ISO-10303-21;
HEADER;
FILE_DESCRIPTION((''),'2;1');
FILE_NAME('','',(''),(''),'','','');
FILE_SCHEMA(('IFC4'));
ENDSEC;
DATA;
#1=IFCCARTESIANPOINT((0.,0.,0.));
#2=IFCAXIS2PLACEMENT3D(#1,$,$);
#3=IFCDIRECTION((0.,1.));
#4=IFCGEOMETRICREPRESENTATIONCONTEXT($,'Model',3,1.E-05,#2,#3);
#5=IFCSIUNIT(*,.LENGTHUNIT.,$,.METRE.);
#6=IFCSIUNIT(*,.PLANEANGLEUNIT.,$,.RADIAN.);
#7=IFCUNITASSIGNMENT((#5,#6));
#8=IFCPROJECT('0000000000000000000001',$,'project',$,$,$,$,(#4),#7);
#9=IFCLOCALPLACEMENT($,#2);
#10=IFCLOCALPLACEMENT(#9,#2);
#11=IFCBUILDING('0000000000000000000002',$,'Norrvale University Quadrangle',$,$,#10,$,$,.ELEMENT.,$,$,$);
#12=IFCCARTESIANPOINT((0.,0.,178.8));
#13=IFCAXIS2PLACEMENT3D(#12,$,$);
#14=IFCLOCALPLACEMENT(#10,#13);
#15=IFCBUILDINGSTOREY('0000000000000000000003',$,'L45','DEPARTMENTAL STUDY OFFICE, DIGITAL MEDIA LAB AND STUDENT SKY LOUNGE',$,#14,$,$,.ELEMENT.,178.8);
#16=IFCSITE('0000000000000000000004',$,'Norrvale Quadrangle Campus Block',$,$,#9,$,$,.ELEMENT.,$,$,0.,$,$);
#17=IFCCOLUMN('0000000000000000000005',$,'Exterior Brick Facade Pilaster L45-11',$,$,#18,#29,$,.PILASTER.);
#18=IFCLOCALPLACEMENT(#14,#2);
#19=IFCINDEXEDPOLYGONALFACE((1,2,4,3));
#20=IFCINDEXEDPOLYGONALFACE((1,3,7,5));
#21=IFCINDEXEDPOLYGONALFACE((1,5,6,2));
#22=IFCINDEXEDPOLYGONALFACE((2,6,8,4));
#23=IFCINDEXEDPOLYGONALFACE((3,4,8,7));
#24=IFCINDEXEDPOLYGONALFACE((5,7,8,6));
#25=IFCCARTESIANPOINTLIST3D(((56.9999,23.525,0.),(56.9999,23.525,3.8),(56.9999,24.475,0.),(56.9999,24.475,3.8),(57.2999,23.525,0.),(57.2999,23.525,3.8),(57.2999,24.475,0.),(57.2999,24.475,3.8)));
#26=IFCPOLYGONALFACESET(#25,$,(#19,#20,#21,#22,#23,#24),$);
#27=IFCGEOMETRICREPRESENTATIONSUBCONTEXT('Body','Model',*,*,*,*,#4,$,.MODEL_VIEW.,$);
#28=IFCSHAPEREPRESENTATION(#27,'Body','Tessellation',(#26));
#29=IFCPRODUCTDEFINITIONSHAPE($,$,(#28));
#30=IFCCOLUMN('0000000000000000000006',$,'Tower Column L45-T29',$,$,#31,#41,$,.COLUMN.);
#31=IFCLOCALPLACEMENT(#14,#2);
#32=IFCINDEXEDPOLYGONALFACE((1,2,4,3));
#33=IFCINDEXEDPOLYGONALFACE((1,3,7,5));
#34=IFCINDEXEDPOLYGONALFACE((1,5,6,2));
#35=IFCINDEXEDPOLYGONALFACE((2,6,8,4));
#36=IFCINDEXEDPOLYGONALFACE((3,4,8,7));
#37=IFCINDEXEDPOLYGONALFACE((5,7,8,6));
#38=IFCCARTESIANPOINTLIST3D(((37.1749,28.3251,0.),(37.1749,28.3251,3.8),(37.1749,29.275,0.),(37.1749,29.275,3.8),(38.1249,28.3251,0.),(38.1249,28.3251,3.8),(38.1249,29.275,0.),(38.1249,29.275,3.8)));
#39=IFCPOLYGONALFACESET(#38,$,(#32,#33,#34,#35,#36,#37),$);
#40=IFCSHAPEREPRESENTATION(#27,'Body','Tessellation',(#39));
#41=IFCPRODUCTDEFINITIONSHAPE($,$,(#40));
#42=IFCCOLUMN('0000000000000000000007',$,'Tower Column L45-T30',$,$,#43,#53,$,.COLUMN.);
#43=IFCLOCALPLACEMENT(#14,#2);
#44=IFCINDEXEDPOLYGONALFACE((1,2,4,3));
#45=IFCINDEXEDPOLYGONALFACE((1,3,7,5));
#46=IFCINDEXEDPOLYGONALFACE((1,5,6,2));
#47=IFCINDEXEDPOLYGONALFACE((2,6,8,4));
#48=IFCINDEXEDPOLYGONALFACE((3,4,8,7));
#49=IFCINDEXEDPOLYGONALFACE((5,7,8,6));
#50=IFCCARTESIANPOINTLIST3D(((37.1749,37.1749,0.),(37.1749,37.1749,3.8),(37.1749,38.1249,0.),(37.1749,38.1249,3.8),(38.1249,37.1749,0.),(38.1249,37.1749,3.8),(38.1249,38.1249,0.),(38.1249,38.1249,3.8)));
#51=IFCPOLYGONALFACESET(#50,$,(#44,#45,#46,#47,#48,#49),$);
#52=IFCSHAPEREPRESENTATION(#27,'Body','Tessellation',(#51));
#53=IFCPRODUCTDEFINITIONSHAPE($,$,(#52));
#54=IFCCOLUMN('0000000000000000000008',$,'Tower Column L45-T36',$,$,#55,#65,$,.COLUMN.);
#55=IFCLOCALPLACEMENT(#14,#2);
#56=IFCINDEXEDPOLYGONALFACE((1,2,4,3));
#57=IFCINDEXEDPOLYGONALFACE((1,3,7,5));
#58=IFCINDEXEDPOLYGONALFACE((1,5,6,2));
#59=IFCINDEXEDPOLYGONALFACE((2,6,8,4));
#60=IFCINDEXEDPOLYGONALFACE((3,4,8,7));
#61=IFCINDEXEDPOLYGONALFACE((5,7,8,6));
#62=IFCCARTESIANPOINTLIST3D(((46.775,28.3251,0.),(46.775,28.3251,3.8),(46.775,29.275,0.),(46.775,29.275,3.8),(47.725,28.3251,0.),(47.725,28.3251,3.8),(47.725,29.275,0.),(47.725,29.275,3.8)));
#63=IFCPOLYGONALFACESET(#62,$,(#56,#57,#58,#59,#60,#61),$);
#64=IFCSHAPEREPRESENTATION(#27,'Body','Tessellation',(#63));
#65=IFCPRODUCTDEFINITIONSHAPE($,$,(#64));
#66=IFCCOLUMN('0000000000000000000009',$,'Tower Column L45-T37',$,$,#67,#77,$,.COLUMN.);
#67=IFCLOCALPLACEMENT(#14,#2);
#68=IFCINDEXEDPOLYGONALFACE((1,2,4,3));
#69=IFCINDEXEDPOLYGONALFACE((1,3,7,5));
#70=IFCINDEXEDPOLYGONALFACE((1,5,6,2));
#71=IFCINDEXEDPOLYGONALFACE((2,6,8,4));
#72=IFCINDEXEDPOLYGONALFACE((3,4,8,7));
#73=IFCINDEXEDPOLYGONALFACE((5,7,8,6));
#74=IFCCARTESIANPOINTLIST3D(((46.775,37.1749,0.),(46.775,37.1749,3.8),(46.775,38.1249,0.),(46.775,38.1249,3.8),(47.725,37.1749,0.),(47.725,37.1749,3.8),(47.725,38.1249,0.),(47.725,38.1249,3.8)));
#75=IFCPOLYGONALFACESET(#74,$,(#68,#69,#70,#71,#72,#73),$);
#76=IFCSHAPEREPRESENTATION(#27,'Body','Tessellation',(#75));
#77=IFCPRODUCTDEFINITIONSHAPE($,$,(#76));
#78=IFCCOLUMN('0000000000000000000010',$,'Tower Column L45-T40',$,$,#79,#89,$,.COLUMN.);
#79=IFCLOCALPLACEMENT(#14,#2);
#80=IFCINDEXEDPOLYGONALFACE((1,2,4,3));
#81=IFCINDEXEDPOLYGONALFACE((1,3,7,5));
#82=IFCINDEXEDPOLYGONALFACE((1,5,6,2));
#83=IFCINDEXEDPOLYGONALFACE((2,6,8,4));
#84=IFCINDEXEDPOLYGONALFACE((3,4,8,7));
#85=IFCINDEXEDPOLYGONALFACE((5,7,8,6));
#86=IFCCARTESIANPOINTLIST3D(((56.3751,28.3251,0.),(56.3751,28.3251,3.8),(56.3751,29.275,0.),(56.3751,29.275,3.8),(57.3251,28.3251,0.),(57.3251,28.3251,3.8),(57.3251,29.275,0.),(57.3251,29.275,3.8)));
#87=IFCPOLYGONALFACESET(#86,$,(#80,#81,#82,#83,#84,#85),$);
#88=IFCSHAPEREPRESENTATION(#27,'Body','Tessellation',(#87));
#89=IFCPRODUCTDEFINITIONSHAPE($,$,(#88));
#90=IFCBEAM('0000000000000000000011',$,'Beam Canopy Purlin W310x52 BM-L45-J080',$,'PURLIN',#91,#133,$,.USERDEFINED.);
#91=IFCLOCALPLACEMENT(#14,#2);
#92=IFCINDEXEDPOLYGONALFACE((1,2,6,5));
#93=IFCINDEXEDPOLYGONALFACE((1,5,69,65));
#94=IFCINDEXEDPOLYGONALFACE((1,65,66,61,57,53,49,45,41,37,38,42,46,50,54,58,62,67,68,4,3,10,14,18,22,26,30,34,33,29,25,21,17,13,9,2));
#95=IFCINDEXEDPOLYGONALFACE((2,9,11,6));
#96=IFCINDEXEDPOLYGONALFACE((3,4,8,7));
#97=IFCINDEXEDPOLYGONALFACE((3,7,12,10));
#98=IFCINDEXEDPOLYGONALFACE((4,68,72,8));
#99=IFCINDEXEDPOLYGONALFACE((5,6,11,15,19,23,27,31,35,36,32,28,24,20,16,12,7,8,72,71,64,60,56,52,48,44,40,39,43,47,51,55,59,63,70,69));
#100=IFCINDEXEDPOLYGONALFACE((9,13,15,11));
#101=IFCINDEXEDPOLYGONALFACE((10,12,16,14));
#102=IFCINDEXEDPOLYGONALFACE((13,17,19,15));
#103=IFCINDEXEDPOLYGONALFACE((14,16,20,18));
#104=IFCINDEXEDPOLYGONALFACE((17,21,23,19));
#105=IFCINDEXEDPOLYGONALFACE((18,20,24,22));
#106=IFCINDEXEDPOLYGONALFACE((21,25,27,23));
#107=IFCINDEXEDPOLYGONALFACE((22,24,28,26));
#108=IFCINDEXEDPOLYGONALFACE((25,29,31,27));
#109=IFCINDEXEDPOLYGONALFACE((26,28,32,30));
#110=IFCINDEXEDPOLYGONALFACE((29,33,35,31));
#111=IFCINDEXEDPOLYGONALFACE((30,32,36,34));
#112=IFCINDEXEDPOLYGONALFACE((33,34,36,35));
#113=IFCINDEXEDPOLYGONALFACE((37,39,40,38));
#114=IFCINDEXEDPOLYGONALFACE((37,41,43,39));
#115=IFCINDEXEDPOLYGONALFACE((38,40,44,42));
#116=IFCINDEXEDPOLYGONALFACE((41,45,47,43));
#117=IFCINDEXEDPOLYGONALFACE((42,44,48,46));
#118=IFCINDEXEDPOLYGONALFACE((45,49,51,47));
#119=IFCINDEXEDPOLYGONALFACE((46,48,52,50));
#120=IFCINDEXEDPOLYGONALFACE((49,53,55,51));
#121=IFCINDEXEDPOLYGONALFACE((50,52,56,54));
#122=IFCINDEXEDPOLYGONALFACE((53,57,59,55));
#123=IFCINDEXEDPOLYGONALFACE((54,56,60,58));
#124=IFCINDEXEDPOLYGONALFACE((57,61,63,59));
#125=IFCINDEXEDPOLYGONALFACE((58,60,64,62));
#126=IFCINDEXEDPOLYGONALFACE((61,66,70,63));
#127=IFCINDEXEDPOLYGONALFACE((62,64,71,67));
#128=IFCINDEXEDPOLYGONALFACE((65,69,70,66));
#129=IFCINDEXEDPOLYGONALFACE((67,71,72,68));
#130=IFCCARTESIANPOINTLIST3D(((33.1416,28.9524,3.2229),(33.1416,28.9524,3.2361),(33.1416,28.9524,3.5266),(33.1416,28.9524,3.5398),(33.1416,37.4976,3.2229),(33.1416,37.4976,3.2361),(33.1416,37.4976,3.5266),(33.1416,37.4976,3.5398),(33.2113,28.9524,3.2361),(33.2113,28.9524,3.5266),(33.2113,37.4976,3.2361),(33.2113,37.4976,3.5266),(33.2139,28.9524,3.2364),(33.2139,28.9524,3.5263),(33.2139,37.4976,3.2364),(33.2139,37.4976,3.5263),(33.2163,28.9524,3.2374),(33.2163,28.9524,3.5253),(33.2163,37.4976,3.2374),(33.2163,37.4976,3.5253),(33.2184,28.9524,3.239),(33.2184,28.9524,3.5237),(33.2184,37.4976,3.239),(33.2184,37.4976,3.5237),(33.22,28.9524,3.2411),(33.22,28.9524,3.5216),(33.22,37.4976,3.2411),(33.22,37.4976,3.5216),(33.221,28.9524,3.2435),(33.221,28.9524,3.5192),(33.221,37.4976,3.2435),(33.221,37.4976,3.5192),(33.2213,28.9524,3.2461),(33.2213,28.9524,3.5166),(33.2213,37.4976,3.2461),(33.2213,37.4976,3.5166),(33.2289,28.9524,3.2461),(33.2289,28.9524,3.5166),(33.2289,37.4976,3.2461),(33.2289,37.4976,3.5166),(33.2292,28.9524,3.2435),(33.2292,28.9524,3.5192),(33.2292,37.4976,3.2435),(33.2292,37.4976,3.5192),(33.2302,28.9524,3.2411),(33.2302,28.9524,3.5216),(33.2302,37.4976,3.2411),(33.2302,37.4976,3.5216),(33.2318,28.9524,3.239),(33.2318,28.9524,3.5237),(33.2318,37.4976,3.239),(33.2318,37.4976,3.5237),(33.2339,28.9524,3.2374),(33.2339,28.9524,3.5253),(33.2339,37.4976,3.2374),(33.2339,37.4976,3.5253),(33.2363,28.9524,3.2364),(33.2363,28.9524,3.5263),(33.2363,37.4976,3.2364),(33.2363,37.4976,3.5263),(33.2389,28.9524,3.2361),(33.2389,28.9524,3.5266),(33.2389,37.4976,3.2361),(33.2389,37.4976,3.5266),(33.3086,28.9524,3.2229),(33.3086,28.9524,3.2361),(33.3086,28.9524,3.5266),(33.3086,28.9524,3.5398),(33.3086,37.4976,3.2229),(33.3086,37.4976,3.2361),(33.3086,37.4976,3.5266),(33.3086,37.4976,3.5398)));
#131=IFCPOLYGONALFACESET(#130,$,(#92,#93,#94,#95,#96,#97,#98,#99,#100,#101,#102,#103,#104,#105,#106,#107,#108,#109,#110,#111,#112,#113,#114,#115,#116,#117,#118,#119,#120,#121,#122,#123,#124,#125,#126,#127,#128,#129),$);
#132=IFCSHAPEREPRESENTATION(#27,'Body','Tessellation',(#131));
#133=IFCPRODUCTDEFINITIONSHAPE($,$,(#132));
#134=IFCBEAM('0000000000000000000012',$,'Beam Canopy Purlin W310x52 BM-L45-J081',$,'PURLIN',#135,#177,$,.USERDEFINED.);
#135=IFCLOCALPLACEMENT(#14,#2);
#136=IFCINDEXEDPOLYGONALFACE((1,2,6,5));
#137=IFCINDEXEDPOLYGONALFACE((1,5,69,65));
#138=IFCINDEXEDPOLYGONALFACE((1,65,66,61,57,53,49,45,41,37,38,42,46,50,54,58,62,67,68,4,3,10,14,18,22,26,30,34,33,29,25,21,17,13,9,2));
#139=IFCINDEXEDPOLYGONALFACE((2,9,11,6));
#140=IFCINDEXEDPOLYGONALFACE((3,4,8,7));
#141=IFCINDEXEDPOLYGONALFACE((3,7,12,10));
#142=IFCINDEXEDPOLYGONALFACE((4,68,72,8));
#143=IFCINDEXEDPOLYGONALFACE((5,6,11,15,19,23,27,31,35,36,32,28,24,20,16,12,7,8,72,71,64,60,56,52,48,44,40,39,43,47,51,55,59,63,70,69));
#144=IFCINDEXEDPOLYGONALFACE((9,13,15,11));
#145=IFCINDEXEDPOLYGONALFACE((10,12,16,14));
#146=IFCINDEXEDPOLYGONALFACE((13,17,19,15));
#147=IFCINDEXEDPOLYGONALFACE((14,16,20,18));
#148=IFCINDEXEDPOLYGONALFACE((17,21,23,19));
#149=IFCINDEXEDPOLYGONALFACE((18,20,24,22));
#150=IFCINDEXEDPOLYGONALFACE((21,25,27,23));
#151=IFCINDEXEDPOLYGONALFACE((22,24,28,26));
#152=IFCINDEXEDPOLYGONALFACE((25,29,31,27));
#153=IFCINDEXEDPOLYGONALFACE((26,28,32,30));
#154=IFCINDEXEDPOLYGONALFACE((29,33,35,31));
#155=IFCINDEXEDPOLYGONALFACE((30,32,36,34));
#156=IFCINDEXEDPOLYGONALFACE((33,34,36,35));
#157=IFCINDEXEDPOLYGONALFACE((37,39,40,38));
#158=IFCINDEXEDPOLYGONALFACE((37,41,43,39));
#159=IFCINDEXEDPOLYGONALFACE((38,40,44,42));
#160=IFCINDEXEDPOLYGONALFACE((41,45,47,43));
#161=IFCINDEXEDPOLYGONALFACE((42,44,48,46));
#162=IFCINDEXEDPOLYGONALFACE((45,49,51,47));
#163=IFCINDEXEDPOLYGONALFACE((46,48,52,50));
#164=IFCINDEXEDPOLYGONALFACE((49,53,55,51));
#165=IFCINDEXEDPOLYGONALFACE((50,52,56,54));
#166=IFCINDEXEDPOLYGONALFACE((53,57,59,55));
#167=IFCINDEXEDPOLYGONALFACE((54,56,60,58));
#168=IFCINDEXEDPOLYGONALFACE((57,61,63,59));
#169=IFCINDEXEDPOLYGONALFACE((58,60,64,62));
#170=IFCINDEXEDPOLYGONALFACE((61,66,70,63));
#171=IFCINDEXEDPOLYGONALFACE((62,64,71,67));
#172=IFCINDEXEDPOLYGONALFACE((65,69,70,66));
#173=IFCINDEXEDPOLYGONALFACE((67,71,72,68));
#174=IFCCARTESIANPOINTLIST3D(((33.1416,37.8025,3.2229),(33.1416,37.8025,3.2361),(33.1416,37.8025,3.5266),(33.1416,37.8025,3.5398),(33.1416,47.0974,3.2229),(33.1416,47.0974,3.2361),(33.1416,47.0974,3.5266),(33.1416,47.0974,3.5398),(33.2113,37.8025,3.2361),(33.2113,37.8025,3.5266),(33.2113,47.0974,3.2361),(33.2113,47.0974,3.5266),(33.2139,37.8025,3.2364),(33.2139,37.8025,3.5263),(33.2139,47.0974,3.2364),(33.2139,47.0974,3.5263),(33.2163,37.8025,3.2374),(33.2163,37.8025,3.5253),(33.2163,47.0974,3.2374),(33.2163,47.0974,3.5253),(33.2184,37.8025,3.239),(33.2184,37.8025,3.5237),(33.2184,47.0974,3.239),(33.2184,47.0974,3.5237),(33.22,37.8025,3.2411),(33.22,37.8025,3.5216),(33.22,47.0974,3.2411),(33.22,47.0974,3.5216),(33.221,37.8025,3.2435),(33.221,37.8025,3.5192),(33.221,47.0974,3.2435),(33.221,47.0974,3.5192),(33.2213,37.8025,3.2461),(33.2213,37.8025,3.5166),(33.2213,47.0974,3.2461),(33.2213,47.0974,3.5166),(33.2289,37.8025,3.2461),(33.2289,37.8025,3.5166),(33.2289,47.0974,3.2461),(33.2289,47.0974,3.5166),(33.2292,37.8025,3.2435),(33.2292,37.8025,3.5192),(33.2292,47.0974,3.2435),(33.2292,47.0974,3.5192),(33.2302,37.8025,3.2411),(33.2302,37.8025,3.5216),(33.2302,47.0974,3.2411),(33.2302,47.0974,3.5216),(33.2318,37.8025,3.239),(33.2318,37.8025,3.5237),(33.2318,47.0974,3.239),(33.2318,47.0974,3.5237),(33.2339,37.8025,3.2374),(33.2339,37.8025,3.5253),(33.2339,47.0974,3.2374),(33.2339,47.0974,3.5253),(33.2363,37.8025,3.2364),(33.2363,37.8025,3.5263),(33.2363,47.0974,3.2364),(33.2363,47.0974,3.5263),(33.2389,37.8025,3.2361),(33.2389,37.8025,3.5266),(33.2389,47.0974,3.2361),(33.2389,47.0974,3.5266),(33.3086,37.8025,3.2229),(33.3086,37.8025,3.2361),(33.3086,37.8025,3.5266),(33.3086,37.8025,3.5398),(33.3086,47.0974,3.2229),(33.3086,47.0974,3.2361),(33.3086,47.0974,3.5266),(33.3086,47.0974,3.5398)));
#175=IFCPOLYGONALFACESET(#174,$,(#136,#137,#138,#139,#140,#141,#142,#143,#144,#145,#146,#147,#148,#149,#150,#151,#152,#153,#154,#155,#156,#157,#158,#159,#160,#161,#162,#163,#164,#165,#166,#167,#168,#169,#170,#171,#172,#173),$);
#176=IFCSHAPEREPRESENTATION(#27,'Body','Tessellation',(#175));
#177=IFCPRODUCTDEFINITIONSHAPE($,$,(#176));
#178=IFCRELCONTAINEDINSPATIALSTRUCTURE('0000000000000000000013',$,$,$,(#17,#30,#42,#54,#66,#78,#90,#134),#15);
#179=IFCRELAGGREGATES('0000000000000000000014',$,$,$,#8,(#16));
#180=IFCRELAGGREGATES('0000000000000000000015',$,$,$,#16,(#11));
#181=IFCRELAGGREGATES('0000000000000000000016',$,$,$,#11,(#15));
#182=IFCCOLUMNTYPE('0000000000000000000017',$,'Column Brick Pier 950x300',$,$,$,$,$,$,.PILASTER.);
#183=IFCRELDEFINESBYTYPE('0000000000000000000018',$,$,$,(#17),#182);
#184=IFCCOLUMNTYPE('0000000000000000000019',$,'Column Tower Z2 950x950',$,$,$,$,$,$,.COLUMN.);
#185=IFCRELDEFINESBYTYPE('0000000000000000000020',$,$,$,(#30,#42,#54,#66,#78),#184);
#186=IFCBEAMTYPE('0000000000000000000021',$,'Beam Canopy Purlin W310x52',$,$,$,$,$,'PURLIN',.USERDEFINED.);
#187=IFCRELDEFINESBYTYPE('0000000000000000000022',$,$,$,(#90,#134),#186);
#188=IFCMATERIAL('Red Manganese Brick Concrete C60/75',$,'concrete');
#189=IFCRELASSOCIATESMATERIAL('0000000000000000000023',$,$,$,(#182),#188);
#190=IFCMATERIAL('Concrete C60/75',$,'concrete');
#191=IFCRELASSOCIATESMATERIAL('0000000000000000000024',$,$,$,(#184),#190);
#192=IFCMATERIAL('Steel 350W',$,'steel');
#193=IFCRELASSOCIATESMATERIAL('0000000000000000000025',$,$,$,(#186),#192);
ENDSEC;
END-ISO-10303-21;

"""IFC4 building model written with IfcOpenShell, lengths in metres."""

from ifc_helpers import new_model, si_unit, direction, frame, origin, origin_2d, place, context, subcontext, project, spatial, rectangle, i_section, extrude, material, material_profile, profile_set, type_object, element, save


model = new_model("IFC4")

# Units and contexts
model_context = context("Model", 3, precision=1e-05, world=origin(), true_north=direction((0.0, 1.0)))
body_context = subcontext(model_context, "Body", "Model", "MODEL_VIEW")
ifc_project = project(units=[si_unit("LENGTHUNIT", "METRE"), si_unit("PLANEANGLEUNIT", "RADIAN")], contexts=[model_context])

# Site, building, storey
site_placement = place(None, origin())
site = spatial("IfcSite", under=ifc_project, at=site_placement, Name="Norrvale Quadrangle Campus Block", CompositionType="ELEMENT", RefElevation=0.0)
building_placement = place(site_placement, origin())
building = spatial("IfcBuilding", under=site, at=building_placement, Name="Norrvale University Quadrangle", CompositionType="ELEMENT")
storey_placement = place(building_placement, frame((0.0, 0.0, 178.8)))
storey = spatial("IfcBuildingStorey", under=building, at=storey_placement, Name="L45", Description="DEPARTMENTAL STUDY OFFICE, DIGITAL MEDIA LAB AND STUDENT SKY LOUNGE", CompositionType="ELEMENT", Elevation=178.8)

# Columns
ifc_material_1 = material(Name="Red Manganese Brick Concrete C60/75", Category="concrete")
ifc_material_profile_1 = material_profile(ifc_material_1, rectangle(XDim=0.95, YDim=0.3, at=origin_2d()), Name="Red Manganese Brick Concrete C60/75")
ifc_profile_set_1 = profile_set([ifc_material_profile_1], Name="Red Manganese Brick Concrete C60/75")
column_type_1 = type_object("IfcColumnType", Name="Column Brick Pier 950x300", PredefinedType="PILASTER", material=ifc_profile_set_1)
column_placement = place(storey_placement, frame((57.1499, 24.0, 0.0), z_axis=(0.0, 0.0, 1.0), x_axis=(0.0, 1.0, 0.0)))
element("IfcColumn", 1, at=column_placement, inside=storey, type_object=column_type_1, Name="Exterior Brick Facade Pilaster L45-11", PredefinedType="PILASTER", context=body_context, shape_type="SweptSolid", body=[
    extrude(rectangle(XDim=0.95, YDim=0.3, at=origin_2d()), origin(), (0.0, 0.0, 1.0), 3.8),
])
ifc_material_2 = material(Name="Concrete C60/75", Category="concrete")
ifc_material_profile_2 = material_profile(ifc_material_2, rectangle(XDim=0.95, YDim=0.95, at=origin_2d()), Name="Concrete C60/75")
ifc_profile_set_2 = profile_set([ifc_material_profile_2], Name="Concrete C60/75")
column_type_2 = type_object("IfcColumnType", Name="Column Tower Z2 950x950", PredefinedType="COLUMN", material=ifc_profile_set_2)
for number, where, z_axis, x_axis, name in (
    (2, (37.6499, 28.8, 0.0), (0.0, 0.0, 1.0), (1.0, 0.0, 0.0), "Tower Column L45-T29"),
    (3, (37.6499, 37.6499, 0.0), (0.0, 0.0, 1.0), (1.0, 0.0, 0.0), "Tower Column L45-T30"),
    (4, (47.25, 28.8, 0.0), (0.0, 0.0, 1.0), (1.0, 0.0, 0.0), "Tower Column L45-T36"),
    (5, (47.25, 37.6499, 0.0), (0.0, 0.0, 1.0), (1.0, 0.0, 0.0), "Tower Column L45-T37"),
    (6, (56.8501, 28.8, 0.0), (0.0, 0.0, 1.0), (1.0, 0.0, 0.0), "Tower Column L45-T40"),
):
    element("IfcColumn", number, at=place(storey_placement, frame(where, z_axis=z_axis, x_axis=x_axis)), inside=storey, type_object=column_type_2, Name=name, PredefinedType="COLUMN", context=body_context, shape_type="SweptSolid", body=[
        extrude(rectangle(XDim=0.95, YDim=0.95, at=origin_2d()), origin(), (0.0, 0.0, 1.0), 3.8),
    ])

# Beams
ifc_material_3 = material(Name="Steel 350W", Category="steel")
ifc_material_profile_3 = material_profile(ifc_material_3, i_section(OverallWidth=0.167, OverallDepth=0.3169, WebThickness=0.0076, FlangeThickness=0.0132, FilletRadius=0.01, at=origin_2d()), Name="Steel 350W")
ifc_profile_set_3 = profile_set([ifc_material_profile_3], Name="Steel 350W")
beam_type_1 = type_object("IfcBeamType", Name="Beam Canopy Purlin W310x52", ElementType="PURLIN", PredefinedType="USERDEFINED", material=ifc_profile_set_3)
beam_1_placement = place(storey_placement, frame((33.2251, 28.9524, 3.3813), z_axis=(0.0, 1.0, 0.0), x_axis=(-1.0, 0.0, 0.0)))
element("IfcBeam", 7, at=beam_1_placement, inside=storey, type_object=beam_type_1, Name="Beam Canopy Purlin W310x52 BM-L45-J080", ObjectType="PURLIN", PredefinedType="USERDEFINED", context=body_context, shape_type="SweptSolid", body=[
    extrude(i_section(OverallWidth=0.167, OverallDepth=0.3169, WebThickness=0.0076, FlangeThickness=0.0132, FilletRadius=0.01, at=origin_2d()), origin(), (0.0, 0.0, 1.0), 8.5452),
])
beam_2_placement = place(storey_placement, frame((33.2251, 37.8025, 3.3813), z_axis=(0.0, 1.0, 0.0), x_axis=(-1.0, 0.0, 0.0)))
element("IfcBeam", 8, at=beam_2_placement, inside=storey, type_object=beam_type_1, Name="Beam Canopy Purlin W310x52 BM-L45-J081", ObjectType="PURLIN", PredefinedType="USERDEFINED", context=body_context, shape_type="SweptSolid", body=[
    extrude(i_section(OverallWidth=0.167, OverallDepth=0.3169, WebThickness=0.0076, FlangeThickness=0.0132, FilletRadius=0.01, at=origin_2d()), origin(), (0.0, 0.0, 1.0), 9.2949),
])

save(model, "model.ifc")
